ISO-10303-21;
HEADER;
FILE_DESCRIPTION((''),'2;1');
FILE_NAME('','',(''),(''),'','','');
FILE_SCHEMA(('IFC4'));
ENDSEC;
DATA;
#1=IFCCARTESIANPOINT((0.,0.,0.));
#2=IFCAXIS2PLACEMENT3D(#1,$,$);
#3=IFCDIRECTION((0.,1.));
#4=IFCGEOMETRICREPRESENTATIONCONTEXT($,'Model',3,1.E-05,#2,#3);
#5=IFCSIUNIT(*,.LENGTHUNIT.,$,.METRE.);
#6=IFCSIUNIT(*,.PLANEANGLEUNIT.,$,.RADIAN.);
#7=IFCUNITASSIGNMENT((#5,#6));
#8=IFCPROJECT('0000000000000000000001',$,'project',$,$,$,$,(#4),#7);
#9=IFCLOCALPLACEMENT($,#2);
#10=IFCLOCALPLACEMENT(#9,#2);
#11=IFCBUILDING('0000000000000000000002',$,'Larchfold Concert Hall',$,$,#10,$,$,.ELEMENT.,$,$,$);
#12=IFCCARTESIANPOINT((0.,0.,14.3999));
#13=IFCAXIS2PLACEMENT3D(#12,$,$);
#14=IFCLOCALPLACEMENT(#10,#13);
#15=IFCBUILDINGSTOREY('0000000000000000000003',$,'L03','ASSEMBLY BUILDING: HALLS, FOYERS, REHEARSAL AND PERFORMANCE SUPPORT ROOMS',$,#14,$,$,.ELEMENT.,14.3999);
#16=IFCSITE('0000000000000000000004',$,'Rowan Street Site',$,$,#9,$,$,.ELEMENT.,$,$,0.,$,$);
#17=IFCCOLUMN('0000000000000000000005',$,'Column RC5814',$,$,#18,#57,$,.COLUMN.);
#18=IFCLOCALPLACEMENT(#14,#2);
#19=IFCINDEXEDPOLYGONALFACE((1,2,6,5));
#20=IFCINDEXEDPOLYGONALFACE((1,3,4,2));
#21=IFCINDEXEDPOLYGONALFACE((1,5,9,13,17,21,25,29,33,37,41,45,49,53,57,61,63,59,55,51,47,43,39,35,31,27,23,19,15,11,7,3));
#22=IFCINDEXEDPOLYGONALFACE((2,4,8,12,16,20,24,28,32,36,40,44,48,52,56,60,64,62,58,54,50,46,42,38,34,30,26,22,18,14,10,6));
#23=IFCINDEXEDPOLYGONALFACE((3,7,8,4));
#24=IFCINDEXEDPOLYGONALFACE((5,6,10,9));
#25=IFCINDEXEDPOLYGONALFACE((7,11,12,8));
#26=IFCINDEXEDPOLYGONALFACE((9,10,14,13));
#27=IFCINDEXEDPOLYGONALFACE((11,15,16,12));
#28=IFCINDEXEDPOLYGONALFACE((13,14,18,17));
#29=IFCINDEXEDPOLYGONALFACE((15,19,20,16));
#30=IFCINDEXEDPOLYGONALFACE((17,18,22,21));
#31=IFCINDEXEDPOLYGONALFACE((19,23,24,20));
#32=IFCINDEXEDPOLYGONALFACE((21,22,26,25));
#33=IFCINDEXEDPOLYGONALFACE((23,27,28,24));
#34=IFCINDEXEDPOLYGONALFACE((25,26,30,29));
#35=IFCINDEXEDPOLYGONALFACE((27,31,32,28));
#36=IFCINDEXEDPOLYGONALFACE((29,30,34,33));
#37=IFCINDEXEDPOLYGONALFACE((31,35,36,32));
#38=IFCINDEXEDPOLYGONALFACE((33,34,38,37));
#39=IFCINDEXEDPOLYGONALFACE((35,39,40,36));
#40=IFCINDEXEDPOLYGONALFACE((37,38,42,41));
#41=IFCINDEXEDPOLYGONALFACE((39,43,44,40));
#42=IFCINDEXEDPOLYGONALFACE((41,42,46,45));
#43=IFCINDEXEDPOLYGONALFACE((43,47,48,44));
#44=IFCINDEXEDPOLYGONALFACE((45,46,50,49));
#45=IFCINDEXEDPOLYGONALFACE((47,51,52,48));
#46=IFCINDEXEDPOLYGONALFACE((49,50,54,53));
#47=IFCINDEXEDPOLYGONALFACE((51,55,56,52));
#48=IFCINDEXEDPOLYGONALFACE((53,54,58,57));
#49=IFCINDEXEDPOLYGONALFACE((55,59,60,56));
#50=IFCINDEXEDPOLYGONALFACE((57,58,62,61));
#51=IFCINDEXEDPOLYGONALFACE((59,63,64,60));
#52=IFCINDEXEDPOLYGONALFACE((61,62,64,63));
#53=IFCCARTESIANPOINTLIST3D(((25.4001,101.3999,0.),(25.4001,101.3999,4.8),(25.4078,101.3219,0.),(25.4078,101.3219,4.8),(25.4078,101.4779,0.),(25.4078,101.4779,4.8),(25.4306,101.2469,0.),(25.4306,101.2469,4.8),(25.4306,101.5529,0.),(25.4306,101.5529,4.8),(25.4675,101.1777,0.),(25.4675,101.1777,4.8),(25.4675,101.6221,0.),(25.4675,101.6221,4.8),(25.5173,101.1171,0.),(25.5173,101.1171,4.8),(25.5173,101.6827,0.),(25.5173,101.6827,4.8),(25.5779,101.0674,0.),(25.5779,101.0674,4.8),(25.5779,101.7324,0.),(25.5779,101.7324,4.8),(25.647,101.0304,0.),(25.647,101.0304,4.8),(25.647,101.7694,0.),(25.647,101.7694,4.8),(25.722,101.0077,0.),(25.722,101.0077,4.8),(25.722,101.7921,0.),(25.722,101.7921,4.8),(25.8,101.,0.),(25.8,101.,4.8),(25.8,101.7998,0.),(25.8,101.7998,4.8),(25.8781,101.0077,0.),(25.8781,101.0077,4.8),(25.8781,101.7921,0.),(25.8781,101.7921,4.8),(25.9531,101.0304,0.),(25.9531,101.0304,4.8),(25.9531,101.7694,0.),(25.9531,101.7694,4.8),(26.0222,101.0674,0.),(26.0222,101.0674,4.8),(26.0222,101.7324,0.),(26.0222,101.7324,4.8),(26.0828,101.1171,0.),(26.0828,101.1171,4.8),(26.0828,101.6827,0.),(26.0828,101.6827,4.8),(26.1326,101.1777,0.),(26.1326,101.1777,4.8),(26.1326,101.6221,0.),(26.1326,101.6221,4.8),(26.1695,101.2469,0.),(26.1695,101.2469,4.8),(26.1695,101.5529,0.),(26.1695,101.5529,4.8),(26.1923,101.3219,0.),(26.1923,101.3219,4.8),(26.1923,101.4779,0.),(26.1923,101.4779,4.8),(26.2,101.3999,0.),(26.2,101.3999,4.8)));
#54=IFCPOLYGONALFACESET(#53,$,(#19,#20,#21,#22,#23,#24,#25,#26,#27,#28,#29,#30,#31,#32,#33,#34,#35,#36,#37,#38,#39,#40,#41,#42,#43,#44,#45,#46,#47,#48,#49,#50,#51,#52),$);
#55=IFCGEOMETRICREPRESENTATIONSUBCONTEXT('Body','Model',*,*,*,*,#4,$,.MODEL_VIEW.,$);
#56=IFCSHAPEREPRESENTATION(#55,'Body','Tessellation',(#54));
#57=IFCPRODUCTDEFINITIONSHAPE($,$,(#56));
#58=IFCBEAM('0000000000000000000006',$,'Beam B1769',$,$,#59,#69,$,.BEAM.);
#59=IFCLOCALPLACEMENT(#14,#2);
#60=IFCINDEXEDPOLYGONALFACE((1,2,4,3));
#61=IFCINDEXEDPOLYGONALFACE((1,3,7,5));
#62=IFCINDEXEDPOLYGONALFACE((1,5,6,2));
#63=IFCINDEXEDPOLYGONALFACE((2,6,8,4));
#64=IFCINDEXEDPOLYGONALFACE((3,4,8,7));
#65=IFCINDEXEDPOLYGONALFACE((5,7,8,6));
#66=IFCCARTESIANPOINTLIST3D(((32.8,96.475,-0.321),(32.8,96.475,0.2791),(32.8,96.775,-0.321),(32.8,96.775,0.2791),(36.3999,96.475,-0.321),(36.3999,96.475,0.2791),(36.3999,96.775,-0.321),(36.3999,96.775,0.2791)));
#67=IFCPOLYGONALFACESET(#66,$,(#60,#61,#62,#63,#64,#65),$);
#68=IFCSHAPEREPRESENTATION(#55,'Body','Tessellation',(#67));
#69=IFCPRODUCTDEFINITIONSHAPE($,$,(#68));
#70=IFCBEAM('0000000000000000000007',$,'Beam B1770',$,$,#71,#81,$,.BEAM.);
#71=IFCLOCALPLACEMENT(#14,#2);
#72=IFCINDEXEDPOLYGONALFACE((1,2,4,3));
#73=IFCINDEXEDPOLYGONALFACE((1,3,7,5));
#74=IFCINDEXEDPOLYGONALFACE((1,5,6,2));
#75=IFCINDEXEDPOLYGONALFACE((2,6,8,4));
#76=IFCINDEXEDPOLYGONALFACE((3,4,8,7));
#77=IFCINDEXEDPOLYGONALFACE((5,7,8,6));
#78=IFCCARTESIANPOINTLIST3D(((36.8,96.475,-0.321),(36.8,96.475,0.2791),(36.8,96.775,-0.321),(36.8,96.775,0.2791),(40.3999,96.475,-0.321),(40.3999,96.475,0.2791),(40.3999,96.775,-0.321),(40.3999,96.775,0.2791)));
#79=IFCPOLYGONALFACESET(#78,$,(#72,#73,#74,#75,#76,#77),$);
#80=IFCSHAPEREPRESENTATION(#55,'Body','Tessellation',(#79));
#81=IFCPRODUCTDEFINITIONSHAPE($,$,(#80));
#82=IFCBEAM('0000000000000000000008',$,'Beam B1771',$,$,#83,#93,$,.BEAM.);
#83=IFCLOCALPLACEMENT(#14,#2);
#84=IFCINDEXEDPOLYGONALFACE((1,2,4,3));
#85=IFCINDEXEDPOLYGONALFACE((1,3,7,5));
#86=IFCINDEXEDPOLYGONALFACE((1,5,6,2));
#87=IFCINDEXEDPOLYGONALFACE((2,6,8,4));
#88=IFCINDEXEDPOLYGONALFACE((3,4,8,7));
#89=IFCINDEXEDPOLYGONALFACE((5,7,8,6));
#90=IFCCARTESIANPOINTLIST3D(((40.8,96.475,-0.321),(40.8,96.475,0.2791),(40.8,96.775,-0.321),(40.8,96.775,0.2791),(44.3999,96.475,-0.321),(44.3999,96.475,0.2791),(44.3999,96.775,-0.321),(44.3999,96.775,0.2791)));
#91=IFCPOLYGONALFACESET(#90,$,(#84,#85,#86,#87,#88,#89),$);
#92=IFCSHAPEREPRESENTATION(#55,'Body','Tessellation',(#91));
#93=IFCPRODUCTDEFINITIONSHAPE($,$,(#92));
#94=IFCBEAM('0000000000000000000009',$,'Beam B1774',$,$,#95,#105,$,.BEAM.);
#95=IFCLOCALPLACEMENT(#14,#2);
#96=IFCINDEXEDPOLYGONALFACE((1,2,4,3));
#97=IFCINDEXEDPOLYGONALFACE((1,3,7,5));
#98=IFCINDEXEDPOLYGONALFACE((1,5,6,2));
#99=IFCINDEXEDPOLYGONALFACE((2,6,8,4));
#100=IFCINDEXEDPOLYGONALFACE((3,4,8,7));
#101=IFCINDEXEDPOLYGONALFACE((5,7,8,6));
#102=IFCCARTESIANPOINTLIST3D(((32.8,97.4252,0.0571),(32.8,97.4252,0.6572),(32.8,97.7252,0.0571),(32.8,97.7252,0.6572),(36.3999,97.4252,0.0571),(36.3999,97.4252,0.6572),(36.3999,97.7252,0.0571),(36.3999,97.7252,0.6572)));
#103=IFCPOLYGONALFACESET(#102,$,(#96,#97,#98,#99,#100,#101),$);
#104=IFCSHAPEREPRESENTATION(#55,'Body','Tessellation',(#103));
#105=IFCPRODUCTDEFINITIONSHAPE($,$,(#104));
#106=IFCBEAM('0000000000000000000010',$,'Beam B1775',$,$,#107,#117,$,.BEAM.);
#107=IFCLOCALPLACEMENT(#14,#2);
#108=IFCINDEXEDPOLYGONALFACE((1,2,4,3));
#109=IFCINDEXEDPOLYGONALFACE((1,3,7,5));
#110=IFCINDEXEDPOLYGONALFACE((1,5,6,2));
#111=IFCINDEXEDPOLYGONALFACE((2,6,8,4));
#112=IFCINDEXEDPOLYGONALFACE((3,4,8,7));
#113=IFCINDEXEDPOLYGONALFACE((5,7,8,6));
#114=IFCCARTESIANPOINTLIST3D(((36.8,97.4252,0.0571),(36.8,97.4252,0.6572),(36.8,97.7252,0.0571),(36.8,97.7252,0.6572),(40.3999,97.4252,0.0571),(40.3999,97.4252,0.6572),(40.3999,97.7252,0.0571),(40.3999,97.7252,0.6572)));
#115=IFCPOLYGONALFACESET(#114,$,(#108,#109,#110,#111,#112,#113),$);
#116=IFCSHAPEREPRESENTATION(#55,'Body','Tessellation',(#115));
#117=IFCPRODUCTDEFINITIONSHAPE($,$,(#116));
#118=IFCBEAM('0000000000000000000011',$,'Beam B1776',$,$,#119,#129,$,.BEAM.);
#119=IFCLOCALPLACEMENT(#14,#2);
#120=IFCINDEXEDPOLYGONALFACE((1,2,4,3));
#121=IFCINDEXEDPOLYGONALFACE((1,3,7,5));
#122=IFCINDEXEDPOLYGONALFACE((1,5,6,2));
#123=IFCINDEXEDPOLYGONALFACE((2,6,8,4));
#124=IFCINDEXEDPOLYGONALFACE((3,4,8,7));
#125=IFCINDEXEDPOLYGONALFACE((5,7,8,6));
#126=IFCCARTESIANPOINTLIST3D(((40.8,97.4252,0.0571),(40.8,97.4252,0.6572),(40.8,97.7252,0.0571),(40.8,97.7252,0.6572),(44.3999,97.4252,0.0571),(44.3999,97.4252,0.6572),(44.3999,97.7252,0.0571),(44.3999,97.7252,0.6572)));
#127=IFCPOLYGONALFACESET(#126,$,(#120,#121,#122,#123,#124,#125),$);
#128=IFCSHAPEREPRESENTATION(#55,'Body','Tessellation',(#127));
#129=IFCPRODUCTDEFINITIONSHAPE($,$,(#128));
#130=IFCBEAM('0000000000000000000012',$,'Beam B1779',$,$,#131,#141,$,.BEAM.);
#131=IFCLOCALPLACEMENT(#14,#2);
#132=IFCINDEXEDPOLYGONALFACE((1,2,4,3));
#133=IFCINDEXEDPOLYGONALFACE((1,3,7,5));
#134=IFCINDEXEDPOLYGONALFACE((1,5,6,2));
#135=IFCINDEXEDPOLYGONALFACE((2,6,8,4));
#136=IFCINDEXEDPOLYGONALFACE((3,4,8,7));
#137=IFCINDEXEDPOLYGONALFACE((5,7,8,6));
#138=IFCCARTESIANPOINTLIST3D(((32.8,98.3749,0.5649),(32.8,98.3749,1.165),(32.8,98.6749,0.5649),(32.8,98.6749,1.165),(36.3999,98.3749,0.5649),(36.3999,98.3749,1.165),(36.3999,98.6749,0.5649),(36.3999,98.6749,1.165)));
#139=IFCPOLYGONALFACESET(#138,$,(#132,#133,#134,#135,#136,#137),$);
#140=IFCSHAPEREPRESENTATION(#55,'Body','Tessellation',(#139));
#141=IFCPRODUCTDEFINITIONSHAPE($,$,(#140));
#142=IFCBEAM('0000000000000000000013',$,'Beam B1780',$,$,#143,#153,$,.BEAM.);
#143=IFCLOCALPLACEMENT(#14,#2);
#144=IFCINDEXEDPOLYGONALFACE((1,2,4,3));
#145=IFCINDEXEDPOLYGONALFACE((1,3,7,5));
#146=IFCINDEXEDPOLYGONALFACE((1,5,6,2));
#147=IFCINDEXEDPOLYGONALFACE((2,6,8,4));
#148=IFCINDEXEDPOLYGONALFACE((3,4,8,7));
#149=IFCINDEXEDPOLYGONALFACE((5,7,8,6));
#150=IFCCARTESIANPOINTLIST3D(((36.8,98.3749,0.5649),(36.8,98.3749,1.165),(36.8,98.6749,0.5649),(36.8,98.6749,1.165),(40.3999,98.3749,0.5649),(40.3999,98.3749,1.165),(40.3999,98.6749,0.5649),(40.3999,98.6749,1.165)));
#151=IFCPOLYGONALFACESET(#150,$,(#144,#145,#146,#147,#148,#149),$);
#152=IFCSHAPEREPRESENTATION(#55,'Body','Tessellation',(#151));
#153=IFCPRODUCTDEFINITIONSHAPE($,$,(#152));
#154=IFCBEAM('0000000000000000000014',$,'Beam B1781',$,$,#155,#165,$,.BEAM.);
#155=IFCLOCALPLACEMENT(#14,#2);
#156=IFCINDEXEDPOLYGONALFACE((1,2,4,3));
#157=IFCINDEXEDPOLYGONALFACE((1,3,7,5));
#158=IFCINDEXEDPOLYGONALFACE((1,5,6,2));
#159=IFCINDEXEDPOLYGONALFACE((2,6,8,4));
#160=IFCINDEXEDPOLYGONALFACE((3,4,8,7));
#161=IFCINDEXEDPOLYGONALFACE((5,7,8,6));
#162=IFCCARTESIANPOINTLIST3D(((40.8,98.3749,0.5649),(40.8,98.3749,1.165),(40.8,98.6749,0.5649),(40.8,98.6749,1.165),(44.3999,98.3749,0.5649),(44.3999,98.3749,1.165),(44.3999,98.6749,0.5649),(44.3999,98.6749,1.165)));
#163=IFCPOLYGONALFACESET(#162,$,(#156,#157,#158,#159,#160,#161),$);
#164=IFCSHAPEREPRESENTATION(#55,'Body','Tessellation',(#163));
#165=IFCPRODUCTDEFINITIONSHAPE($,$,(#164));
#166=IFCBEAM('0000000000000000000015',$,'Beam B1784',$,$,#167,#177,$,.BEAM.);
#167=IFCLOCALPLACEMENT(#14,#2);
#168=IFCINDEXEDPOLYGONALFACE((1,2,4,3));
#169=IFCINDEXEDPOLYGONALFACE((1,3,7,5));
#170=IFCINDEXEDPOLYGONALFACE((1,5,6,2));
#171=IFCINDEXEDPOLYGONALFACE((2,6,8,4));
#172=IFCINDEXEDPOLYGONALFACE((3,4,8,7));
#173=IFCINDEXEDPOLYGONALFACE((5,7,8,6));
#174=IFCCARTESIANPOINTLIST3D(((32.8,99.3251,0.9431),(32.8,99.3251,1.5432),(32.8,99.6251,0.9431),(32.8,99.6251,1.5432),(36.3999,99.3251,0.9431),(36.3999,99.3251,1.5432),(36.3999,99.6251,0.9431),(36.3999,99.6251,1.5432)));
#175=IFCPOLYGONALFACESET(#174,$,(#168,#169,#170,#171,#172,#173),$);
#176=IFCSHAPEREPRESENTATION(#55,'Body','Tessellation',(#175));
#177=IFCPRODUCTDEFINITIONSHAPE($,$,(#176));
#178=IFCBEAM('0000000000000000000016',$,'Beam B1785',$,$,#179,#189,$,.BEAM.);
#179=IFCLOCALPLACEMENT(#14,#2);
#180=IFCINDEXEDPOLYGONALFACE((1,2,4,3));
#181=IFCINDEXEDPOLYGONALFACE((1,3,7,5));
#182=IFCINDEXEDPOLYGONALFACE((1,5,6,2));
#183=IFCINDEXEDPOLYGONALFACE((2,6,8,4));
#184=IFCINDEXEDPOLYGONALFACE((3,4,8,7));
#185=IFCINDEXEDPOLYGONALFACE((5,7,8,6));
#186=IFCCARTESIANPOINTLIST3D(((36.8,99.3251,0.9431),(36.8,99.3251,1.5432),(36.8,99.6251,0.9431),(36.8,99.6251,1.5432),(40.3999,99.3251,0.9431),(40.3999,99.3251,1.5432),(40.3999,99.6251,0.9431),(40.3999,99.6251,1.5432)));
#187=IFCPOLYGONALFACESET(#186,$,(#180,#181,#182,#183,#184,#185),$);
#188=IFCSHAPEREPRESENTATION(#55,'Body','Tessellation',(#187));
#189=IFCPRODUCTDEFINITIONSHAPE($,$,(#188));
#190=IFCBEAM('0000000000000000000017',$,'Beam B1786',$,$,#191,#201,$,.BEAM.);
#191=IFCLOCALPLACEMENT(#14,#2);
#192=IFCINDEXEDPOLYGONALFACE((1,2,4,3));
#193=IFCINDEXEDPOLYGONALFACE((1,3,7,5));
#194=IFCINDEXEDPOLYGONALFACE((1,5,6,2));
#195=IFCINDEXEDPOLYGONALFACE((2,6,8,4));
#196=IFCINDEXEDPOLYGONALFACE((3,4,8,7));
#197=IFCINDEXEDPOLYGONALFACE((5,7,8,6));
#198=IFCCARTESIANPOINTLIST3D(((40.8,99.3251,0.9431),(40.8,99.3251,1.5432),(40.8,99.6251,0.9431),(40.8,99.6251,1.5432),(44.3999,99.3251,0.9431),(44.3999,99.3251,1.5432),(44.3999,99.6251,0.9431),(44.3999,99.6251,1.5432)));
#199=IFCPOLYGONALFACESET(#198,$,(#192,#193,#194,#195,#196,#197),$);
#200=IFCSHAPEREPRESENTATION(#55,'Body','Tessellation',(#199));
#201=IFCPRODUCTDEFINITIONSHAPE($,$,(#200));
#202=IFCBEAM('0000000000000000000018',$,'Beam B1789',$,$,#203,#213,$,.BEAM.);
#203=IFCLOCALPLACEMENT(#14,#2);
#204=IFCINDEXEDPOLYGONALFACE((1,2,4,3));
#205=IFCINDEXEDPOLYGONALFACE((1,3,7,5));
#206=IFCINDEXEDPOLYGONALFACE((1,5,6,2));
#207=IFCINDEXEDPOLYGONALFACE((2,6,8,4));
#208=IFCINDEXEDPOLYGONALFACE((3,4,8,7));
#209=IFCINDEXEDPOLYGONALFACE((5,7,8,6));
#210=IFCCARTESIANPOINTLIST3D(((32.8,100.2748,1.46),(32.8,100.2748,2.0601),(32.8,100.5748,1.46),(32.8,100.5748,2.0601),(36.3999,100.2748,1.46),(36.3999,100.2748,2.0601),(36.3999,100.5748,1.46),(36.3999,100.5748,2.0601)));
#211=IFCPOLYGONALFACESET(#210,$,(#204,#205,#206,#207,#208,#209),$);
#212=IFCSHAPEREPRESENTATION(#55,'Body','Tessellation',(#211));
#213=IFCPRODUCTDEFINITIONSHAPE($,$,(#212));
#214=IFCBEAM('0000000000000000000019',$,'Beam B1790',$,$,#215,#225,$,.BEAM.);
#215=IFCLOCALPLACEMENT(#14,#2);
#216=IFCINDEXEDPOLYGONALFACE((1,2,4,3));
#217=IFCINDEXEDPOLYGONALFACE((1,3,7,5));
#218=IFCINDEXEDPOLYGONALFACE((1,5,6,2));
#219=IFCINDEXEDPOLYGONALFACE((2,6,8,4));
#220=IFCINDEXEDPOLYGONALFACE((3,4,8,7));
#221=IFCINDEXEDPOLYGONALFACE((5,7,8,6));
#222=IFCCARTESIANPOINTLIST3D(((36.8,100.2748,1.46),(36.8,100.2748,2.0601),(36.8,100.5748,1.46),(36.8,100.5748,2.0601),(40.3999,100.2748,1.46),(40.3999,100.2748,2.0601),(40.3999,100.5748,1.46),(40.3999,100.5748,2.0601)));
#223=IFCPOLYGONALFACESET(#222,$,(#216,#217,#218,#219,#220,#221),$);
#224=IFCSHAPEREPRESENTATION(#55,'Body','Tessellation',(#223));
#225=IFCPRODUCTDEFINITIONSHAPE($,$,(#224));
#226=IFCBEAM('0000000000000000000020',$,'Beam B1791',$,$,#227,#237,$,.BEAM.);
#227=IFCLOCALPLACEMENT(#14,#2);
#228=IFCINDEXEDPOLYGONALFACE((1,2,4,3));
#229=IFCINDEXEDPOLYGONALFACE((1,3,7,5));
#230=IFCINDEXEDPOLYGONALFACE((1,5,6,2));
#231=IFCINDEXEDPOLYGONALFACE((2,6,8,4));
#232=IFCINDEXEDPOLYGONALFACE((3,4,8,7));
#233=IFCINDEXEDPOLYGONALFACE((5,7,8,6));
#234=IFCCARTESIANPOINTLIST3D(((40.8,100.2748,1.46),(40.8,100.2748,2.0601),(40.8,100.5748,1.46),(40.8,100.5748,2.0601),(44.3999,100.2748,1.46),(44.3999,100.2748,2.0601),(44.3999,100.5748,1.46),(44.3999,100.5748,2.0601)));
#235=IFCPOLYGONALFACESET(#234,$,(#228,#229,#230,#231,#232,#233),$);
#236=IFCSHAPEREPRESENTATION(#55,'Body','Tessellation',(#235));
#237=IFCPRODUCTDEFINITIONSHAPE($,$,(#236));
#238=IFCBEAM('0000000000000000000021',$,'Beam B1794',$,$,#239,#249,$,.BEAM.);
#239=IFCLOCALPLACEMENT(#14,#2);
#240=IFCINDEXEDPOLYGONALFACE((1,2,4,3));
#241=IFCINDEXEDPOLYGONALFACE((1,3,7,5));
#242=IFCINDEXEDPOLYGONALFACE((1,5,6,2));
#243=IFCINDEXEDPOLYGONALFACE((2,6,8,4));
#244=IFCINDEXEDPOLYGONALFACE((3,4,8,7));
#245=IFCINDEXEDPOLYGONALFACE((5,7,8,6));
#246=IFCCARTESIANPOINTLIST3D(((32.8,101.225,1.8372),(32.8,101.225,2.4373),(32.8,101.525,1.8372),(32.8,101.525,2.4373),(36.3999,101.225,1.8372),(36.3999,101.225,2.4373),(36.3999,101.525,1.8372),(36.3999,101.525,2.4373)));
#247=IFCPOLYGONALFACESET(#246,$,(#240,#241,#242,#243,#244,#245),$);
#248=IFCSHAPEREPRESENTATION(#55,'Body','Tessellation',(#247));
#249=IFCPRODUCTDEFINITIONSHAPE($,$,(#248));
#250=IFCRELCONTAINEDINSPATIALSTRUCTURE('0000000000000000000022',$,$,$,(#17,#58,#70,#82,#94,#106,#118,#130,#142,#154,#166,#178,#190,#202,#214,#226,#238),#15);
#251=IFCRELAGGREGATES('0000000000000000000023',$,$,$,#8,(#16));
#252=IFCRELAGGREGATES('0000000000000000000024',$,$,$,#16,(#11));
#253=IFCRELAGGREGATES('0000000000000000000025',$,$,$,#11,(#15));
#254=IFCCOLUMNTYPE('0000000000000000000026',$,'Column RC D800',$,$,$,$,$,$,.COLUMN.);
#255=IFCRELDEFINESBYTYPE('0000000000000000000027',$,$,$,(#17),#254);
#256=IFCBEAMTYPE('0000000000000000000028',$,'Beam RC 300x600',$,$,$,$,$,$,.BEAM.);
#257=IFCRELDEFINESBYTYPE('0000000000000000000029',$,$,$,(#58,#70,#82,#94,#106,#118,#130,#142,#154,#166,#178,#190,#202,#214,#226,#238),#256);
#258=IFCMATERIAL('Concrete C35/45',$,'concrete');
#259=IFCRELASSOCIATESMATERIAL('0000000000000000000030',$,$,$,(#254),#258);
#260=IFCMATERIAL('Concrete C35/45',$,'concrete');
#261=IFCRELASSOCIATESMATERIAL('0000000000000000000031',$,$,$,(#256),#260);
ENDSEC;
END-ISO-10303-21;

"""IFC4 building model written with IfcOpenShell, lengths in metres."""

from ifc_helpers import new_model, si_unit, direction, frame, origin, origin_2d, place, context, subcontext, project, spatial, rectangle, circle, extrude, material, material_profile, profile_set, type_object, element, save


model = new_model("IFC4")

# Units and contexts
model_context = context("Model", 3, precision=1e-05, world=origin(), true_north=direction((0.0, 1.0)))
body_context = subcontext(model_context, "Body", "Model", "MODEL_VIEW")
ifc_project = project(units=[si_unit("LENGTHUNIT", "METRE"), si_unit("PLANEANGLEUNIT", "RADIAN")], contexts=[model_context])

# Site, building, storey
site_placement = place(None, origin())
site = spatial("IfcSite", under=ifc_project, at=site_placement, Name="Rowan Street Site", CompositionType="ELEMENT", RefElevation=0.0)
building_placement = place(site_placement, origin())
building = spatial("IfcBuilding", under=site, at=building_placement, Name="Larchfold Concert Hall", CompositionType="ELEMENT")
storey_placement = place(building_placement, frame((0.0, 0.0, 14.3999)))
storey = spatial("IfcBuildingStorey", under=building, at=storey_placement, Name="L03", Description="ASSEMBLY BUILDING: HALLS, FOYERS, REHEARSAL AND PERFORMANCE SUPPORT ROOMS", CompositionType="ELEMENT", Elevation=14.3999)

# Column
ifc_material_1 = material(Name="Concrete C35/45", Category="concrete")
ifc_material_profile_1 = material_profile(ifc_material_1, circle(Radius=0.3999, at=origin_2d()))
ifc_profile_set_1 = profile_set([ifc_material_profile_1], Name="Concrete C35/45")
column_type = type_object("IfcColumnType", Name="Column RC D800", PredefinedType="COLUMN", material=ifc_profile_set_1)
column_placement = place(storey_placement, frame((25.8, 101.3999, 0.0), z_axis=(0.0, 0.0, 1.0), x_axis=(1.0, 0.0, 0.0)))
element("IfcColumn", 1, at=column_placement, inside=storey, type_object=column_type, Name="Column RC5814", PredefinedType="COLUMN", context=body_context, shape_type="SweptSolid", body=[
    extrude(circle(Radius=0.3999, at=origin_2d()), origin(), (0.0, 0.0, 1.0), 4.8),
])

# Beams
ifc_material_2 = material(Name="Concrete C35/45", Category="concrete")
ifc_material_profile_2 = material_profile(ifc_material_2, rectangle(XDim=0.3, YDim=0.6001, at=origin_2d()))
ifc_profile_set_2 = profile_set([ifc_material_profile_2], Name="Concrete C35/45")
beam_type_1 = type_object("IfcBeamType", Name="Beam RC 300x600", PredefinedType="BEAM", material=ifc_profile_set_2)
for number, where, z_axis, x_axis, name in (
    (2, (32.8, 96.625, -0.021), (1.0, 0.0, 0.0), (0.0, 1.0, 0.0), "Beam B1769"),
    (3, (36.8, 96.625, -0.021), (1.0, 0.0, 0.0), (0.0, 1.0, 0.0), "Beam B1770"),
    (4, (40.8, 96.625, -0.021), (1.0, 0.0, 0.0), (0.0, 1.0, 0.0), "Beam B1771"),
    (5, (32.8, 97.5752, 0.3572), (1.0, 0.0, 0.0), (0.0, 1.0, 0.0), "Beam B1774"),
    (6, (36.8, 97.5752, 0.3572), (1.0, 0.0, 0.0), (0.0, 1.0, 0.0), "Beam B1775"),
    (7, (40.8, 97.5752, 0.3572), (1.0, 0.0, 0.0), (0.0, 1.0, 0.0), "Beam B1776"),
    (8, (32.8, 98.5249, 0.865), (1.0, 0.0, 0.0), (0.0, 1.0, 0.0), "Beam B1779"),
    (9, (36.8, 98.5249, 0.865), (1.0, 0.0, 0.0), (0.0, 1.0, 0.0), "Beam B1780"),
    (10, (40.8, 98.5249, 0.865), (1.0, 0.0, 0.0), (0.0, 1.0, 0.0), "Beam B1781"),
    (11, (32.8, 99.4751, 1.2432), (1.0, 0.0, 0.0), (0.0, 1.0, 0.0), "Beam B1784"),
    (12, (36.8, 99.4751, 1.2432), (1.0, 0.0, 0.0), (0.0, 1.0, 0.0), "Beam B1785"),
    (13, (40.8, 99.4751, 1.2432), (1.0, 0.0, 0.0), (0.0, 1.0, 0.0), "Beam B1786"),
    (14, (32.8, 100.4248, 1.76), (1.0, 0.0, 0.0), (0.0, 1.0, 0.0), "Beam B1789"),
    (15, (36.8, 100.4248, 1.76), (1.0, 0.0, 0.0), (0.0, 1.0, 0.0), "Beam B1790"),
    (16, (40.8, 100.4248, 1.76), (1.0, 0.0, 0.0), (0.0, 1.0, 0.0), "Beam B1791"),
    (17, (32.8, 101.375, 2.1372), (1.0, 0.0, 0.0), (0.0, 1.0, 0.0), "Beam B1794"),
):
    element("IfcBeam", number, at=place(storey_placement, frame(where, z_axis=z_axis, x_axis=x_axis)), inside=storey, type_object=beam_type_1, Name=name, PredefinedType="BEAM", context=body_context, shape_type="SweptSolid", body=[
        extrude(rectangle(XDim=0.3, YDim=0.6001, at=origin_2d()), origin(), (0.0, 0.0, 1.0), 3.5999),
    ])

save(model, "model.ifc")
